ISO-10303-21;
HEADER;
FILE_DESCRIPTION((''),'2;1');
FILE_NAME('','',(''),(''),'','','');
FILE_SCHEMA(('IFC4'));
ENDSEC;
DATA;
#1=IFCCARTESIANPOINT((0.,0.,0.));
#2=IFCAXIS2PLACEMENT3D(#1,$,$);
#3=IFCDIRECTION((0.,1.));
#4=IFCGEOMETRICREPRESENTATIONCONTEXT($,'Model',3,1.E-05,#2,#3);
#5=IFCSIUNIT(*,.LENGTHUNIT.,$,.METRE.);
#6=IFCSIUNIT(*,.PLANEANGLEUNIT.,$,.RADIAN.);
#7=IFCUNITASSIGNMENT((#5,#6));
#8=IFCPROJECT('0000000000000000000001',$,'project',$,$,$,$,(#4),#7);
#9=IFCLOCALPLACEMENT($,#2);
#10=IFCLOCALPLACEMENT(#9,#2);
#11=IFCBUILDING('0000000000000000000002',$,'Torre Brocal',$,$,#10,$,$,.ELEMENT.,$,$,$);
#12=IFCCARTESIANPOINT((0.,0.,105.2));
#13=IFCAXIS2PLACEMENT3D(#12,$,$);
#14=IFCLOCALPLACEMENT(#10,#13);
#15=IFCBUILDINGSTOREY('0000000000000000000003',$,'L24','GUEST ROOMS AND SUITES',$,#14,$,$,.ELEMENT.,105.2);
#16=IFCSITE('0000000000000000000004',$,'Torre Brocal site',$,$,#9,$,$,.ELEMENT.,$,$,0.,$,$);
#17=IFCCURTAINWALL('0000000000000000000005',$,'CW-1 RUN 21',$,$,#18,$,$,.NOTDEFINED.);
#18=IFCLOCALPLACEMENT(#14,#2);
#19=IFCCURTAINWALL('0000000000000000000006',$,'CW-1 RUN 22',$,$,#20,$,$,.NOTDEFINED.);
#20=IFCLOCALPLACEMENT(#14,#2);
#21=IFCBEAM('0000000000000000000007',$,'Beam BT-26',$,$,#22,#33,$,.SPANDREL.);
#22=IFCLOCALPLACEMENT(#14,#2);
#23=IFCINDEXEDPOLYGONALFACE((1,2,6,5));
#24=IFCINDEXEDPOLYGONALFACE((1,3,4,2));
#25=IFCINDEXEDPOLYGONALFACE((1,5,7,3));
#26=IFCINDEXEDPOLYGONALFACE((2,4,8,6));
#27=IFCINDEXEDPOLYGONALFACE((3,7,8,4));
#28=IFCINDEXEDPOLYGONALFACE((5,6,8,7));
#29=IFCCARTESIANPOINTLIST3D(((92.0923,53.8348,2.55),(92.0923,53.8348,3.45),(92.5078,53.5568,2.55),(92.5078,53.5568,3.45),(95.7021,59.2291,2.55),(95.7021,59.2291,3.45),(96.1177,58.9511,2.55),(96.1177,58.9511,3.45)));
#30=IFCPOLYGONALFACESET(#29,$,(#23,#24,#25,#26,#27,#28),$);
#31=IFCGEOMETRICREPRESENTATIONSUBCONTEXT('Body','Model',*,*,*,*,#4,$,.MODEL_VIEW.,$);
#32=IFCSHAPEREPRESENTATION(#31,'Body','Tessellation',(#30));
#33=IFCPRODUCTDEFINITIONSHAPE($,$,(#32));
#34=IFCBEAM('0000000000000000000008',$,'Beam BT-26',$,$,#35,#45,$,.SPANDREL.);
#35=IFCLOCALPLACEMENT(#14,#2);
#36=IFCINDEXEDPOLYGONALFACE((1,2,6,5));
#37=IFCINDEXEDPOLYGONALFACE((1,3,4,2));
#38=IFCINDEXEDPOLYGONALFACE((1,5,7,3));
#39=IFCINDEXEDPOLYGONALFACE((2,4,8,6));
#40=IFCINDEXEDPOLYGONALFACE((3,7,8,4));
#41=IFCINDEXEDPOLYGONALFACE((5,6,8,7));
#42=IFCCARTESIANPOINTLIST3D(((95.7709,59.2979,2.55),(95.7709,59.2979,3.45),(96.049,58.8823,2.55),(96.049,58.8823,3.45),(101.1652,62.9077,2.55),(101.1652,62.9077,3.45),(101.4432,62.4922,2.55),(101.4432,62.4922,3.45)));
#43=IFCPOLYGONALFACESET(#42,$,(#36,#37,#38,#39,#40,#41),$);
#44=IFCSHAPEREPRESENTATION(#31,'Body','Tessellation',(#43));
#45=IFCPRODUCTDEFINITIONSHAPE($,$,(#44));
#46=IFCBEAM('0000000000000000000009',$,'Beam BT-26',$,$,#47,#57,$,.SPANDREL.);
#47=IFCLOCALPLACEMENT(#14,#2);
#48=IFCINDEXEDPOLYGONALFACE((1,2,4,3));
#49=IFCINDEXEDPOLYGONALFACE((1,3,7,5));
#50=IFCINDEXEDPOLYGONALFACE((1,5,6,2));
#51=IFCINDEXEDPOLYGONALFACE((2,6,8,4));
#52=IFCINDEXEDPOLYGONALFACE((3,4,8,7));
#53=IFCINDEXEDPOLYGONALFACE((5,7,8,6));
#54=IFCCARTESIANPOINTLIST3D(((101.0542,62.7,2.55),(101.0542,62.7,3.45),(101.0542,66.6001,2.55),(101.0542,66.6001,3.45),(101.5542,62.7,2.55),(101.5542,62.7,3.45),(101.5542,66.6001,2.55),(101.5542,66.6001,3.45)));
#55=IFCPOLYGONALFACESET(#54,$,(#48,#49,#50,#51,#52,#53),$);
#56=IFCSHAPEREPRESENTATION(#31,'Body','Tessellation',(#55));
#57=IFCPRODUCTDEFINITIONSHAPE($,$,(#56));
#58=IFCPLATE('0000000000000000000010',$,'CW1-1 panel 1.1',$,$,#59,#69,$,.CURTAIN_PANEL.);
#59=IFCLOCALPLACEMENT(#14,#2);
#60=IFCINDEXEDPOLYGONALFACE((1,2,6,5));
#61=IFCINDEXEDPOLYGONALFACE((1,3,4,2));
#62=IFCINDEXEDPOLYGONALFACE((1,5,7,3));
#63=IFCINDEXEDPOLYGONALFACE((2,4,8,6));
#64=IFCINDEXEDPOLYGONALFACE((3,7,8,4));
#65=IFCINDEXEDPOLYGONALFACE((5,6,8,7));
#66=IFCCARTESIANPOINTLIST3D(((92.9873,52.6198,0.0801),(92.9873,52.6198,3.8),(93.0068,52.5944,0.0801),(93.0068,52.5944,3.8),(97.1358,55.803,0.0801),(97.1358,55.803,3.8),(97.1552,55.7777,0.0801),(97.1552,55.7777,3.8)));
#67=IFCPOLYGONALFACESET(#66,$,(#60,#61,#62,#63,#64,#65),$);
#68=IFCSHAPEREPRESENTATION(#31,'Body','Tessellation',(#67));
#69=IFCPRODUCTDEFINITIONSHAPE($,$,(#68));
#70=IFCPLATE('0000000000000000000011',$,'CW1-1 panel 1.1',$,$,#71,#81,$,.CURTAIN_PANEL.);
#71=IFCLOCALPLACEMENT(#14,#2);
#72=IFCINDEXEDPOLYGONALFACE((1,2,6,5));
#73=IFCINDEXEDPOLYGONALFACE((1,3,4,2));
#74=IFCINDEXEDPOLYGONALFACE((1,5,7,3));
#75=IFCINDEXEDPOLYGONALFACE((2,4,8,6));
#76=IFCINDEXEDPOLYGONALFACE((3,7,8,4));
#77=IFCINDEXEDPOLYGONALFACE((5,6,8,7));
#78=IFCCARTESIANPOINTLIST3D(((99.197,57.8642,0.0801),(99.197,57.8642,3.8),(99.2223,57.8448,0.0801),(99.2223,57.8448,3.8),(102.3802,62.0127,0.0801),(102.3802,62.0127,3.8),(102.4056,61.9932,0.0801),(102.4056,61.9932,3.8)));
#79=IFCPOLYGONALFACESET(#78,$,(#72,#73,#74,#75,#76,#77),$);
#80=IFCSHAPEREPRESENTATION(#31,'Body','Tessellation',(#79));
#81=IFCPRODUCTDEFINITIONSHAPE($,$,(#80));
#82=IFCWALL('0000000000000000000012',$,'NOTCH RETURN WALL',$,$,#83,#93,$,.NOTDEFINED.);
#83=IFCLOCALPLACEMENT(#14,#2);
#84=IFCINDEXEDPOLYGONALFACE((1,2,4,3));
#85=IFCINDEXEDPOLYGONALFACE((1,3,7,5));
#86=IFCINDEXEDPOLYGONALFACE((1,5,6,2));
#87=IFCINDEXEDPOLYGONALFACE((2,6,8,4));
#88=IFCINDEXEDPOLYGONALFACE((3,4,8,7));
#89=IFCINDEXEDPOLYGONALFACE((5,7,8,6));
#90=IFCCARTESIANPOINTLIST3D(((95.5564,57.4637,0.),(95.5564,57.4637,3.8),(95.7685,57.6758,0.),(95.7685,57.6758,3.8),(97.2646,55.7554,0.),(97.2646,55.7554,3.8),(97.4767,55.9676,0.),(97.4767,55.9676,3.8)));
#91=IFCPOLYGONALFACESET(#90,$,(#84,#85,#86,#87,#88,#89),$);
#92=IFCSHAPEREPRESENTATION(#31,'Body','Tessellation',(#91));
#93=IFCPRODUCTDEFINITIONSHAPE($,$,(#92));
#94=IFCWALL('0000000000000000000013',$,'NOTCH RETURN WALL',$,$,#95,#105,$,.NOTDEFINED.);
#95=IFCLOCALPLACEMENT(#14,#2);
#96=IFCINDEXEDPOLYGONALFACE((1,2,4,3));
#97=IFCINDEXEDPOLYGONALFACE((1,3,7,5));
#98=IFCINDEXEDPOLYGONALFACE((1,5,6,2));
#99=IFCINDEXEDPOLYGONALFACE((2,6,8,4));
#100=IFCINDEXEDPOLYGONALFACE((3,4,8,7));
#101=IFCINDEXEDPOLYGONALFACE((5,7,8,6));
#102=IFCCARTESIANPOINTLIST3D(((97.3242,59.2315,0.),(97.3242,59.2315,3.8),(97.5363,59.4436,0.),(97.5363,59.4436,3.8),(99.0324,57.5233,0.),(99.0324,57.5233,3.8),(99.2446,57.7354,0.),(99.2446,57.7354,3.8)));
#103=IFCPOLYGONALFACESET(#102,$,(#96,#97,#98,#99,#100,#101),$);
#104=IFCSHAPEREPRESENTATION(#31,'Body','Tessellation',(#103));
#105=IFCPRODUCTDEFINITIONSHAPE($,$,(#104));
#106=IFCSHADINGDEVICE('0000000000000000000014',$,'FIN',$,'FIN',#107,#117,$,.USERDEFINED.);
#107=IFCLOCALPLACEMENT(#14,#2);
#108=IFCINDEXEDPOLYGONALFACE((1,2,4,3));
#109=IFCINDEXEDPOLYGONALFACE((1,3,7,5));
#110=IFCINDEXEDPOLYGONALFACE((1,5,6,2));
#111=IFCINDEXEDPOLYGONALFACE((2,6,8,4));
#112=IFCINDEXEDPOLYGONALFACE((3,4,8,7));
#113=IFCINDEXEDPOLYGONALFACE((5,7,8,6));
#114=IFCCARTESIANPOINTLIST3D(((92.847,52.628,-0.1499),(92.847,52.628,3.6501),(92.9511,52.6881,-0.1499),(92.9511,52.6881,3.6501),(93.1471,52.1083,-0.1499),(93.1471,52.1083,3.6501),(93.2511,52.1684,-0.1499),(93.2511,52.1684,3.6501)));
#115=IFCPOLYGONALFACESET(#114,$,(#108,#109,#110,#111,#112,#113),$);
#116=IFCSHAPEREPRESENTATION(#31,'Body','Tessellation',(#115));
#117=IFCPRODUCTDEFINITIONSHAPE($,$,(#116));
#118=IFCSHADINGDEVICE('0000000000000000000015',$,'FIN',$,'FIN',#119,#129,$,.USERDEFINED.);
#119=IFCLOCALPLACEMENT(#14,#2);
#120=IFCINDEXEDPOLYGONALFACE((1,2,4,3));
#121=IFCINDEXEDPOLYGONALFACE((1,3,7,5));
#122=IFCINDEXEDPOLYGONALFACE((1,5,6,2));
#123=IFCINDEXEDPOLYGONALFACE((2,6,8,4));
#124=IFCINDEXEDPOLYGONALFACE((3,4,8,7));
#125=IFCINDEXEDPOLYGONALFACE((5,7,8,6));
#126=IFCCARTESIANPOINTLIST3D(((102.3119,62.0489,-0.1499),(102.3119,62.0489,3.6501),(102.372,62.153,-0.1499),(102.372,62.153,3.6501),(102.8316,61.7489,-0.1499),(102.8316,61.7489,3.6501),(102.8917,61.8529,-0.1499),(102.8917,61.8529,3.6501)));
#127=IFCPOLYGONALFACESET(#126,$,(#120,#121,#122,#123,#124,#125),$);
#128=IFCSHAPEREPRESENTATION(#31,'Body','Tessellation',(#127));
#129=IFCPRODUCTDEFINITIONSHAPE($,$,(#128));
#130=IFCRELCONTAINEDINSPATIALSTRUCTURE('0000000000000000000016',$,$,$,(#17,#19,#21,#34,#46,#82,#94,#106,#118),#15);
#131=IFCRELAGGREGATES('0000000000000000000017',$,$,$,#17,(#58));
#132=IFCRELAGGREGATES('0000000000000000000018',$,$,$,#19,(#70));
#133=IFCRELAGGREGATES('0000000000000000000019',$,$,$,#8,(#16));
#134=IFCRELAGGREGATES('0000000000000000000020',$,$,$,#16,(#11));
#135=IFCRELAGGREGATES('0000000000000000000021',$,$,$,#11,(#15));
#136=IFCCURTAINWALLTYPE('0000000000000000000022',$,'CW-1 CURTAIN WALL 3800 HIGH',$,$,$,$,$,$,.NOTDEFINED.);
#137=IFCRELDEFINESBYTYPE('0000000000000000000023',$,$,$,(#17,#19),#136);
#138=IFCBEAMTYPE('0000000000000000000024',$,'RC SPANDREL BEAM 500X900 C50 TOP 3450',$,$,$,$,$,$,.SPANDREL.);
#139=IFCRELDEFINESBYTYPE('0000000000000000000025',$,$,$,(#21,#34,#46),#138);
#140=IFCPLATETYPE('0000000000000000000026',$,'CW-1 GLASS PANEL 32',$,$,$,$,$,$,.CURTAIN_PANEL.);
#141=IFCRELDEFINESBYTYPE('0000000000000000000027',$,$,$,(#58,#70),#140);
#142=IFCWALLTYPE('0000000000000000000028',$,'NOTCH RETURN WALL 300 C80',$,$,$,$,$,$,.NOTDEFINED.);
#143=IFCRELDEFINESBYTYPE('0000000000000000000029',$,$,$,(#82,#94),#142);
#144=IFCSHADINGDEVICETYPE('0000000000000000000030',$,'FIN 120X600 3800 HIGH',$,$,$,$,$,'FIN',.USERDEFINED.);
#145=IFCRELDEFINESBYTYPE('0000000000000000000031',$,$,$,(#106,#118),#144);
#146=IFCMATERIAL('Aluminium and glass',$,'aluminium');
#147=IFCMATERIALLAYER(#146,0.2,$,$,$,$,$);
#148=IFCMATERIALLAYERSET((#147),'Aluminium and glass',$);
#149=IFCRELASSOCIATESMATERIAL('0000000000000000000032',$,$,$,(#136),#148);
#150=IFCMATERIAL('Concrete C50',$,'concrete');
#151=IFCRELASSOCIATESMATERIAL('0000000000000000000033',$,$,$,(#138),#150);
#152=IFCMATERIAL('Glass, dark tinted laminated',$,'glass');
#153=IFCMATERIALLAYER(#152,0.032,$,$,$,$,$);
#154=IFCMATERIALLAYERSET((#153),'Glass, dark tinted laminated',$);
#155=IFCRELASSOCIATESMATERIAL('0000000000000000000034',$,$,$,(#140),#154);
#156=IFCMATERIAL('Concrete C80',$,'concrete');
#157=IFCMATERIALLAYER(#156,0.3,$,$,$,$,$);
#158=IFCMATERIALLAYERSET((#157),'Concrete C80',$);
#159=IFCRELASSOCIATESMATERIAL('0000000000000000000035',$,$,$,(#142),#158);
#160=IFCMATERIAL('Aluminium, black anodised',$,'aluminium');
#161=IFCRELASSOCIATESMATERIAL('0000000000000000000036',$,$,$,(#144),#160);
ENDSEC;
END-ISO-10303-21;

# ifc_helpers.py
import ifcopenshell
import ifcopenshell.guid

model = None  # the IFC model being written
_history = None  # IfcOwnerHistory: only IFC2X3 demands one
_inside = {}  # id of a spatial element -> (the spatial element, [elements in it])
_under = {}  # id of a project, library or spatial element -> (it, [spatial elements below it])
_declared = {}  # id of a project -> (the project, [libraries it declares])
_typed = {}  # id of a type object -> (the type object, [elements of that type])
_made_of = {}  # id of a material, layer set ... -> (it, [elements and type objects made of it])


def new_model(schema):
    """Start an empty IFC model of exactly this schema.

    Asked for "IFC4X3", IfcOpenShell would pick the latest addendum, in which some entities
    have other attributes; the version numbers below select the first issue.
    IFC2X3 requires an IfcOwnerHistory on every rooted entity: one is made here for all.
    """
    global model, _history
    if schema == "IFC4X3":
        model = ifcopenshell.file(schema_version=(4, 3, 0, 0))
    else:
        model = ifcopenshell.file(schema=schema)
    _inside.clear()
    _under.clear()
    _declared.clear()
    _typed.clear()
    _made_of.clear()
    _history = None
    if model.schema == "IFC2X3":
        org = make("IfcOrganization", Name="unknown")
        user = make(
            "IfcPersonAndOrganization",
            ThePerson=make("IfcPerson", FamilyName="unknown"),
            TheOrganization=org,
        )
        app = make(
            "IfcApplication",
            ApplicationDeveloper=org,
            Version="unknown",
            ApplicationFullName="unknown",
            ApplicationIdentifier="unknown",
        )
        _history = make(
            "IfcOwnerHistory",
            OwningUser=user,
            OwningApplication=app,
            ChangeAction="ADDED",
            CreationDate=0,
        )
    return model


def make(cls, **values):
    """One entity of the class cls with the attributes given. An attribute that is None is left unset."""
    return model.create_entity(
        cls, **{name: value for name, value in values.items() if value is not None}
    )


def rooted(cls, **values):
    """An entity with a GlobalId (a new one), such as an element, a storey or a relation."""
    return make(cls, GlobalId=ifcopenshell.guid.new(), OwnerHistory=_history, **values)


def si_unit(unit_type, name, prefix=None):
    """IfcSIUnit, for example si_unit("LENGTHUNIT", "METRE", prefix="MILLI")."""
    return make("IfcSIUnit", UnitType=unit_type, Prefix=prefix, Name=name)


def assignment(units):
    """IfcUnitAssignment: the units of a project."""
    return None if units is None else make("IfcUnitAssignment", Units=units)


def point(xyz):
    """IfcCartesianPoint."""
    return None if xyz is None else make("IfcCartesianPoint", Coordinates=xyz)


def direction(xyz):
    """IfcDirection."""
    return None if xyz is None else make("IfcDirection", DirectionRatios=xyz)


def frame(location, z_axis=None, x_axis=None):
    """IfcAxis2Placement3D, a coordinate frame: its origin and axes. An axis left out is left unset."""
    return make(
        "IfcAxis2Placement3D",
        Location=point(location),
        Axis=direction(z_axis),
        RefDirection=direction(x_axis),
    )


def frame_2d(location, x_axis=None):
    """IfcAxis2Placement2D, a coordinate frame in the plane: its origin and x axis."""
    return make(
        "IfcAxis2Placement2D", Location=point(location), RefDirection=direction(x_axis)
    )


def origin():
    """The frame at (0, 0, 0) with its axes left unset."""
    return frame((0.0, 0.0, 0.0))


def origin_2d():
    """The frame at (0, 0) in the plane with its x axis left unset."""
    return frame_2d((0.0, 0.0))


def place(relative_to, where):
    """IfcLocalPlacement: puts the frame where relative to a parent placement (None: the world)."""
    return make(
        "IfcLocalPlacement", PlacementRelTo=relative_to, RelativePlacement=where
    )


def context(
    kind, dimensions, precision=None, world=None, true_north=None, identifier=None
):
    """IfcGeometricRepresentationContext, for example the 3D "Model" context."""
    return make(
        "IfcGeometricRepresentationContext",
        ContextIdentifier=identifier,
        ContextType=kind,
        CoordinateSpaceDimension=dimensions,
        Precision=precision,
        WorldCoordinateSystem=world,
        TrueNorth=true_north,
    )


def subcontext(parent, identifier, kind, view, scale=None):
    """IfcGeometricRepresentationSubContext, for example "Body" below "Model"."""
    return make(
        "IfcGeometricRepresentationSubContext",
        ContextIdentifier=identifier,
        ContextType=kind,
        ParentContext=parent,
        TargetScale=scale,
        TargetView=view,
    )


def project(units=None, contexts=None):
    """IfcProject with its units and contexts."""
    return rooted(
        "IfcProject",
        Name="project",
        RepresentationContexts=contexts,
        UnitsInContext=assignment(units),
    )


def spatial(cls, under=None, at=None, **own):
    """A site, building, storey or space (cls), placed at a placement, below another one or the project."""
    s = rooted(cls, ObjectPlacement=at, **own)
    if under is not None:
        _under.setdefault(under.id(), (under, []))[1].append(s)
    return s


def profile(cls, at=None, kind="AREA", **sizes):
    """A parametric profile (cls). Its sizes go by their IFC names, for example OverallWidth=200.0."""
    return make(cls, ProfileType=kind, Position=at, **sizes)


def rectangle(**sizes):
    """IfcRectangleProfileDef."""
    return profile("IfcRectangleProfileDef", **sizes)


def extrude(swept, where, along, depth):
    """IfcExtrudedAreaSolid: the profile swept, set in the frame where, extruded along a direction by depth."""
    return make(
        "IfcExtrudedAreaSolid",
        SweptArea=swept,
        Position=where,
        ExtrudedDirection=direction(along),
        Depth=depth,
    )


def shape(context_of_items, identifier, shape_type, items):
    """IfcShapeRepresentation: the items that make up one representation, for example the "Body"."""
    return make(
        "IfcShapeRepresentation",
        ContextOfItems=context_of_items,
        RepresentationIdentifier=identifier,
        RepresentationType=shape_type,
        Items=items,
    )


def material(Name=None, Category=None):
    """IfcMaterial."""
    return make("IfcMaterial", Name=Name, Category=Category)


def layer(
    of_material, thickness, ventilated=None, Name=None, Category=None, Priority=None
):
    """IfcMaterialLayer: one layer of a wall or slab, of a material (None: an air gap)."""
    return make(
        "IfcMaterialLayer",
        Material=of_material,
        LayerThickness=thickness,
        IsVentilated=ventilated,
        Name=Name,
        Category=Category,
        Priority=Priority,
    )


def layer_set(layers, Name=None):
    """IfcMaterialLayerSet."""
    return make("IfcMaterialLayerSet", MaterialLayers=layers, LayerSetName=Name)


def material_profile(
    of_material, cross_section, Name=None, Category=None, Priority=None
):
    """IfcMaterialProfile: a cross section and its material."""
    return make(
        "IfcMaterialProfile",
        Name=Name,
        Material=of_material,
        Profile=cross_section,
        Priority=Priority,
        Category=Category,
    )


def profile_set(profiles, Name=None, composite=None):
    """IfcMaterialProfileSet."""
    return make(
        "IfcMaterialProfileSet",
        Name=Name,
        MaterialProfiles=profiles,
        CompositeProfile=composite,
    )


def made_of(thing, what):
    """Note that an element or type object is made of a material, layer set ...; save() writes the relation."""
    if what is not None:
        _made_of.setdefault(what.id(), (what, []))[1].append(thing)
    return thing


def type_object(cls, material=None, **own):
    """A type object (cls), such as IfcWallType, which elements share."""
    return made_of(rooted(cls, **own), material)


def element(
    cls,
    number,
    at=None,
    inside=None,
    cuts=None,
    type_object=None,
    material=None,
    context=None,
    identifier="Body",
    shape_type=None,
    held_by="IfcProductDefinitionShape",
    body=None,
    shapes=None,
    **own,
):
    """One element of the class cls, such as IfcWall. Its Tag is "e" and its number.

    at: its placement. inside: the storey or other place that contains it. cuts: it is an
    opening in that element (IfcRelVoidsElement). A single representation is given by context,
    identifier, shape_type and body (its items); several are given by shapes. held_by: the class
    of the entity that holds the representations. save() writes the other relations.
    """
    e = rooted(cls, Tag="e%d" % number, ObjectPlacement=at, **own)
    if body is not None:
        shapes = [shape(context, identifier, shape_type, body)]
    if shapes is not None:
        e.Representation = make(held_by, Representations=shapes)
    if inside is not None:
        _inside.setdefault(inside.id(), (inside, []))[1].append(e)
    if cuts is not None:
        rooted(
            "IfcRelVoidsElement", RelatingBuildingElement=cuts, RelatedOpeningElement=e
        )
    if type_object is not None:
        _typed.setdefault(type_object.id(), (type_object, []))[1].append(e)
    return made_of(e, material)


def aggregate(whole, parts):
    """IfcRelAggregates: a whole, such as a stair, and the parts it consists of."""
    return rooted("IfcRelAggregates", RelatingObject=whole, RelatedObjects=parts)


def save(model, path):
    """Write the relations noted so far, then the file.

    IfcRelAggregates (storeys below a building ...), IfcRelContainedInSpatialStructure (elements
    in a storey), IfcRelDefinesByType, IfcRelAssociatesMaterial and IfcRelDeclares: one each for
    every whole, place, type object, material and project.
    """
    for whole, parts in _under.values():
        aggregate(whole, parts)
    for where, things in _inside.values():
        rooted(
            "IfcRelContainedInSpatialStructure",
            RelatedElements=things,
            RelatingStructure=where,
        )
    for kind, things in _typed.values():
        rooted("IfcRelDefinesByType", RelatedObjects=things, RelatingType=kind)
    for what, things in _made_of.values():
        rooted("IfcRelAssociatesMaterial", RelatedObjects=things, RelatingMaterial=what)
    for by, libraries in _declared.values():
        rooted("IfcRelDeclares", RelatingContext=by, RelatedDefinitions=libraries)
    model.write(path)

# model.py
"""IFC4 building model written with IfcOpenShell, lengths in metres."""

from ifc_helpers import new_model, si_unit, direction, frame, frame_2d, origin, origin_2d, place, context, subcontext, project, spatial, rectangle, extrude, material, layer, layer_set, material_profile, profile_set, type_object, element, aggregate, save


model = new_model("IFC4")

# Units and contexts
model_context = context("Model", 3, precision=1e-05, world=origin(), true_north=direction((0.0, 1.0)))
body_context = subcontext(model_context, "Body", "Model", "MODEL_VIEW")
ifc_project = project(units=[si_unit("LENGTHUNIT", "METRE"), si_unit("PLANEANGLEUNIT", "RADIAN")], contexts=[model_context])

# Site, building, storey
site_placement = place(None, origin())
site = spatial("IfcSite", under=ifc_project, at=site_placement, Name="Torre Brocal site", CompositionType="ELEMENT", RefElevation=0.0)
building_placement = place(site_placement, origin())
building = spatial("IfcBuilding", under=site, at=building_placement, Name="Torre Brocal", CompositionType="ELEMENT")
storey_placement = place(building_placement, frame((0.0, 0.0, 105.2)))
storey = spatial("IfcBuildingStorey", under=building, at=storey_placement, Name="L24", Description="GUEST ROOMS AND SUITES", CompositionType="ELEMENT", Elevation=105.2)

# Shared definitions
ifc_material_1 = material(Name="Aluminium and glass", Category="aluminium")
ifc_layer_1 = layer(ifc_material_1, 0.2)
ifc_layer_set_1 = layer_set([ifc_layer_1], Name="Aluminium and glass")
curtain_wall_type = type_object("IfcCurtainWallType", Name="CW-1 CURTAIN WALL 3800 HIGH", PredefinedType="NOTDEFINED", material=ifc_layer_set_1)

# Curtain walls
curtain_wall_1_placement = place(storey_placement, origin())
curtain_wall_1 = element("IfcCurtainWall", 1, at=curtain_wall_1_placement, inside=storey, type_object=curtain_wall_type, Name="CW-1 RUN 21", PredefinedType="NOTDEFINED")
curtain_wall_2_placement = place(storey_placement, origin())
curtain_wall_2 = element("IfcCurtainWall", 2, at=curtain_wall_2_placement, inside=storey, type_object=curtain_wall_type, Name="CW-1 RUN 22", PredefinedType="NOTDEFINED")

# Beams
ifc_material_2 = material(Name="Concrete C50", Category="concrete")
ifc_material_profile_1 = material_profile(ifc_material_2, rectangle(XDim=0.5, YDim=0.8999, at=origin_2d()), Name="RC 500X900")
ifc_profile_set_1 = profile_set([ifc_material_profile_1], Name="Concrete C50")
beam_type_1 = type_object("IfcBeamType", Name="RC SPANDREL BEAM 500X900 C50 TOP 3450", PredefinedType="SPANDREL", material=ifc_profile_set_1)
for number, where, z_axis, x_axis, name in (
    (3, (92.3, 53.6958, 3.0), (0.556158, 0.831077, 0.0), (-0.831077, 0.556158, 0.0), "Beam BT-26"),
    (4, (95.9099, 59.0901, 3.0), (0.831077, 0.556158, 0.0), (-0.556158, 0.831077, 0.0), "Beam BT-26"),
):
    element("IfcBeam", number, at=place(storey_placement, frame(where, z_axis=z_axis, x_axis=x_axis)), inside=storey, type_object=beam_type_1, Name=name, PredefinedType="SPANDREL", context=body_context, shape_type="SweptSolid", body=[
        extrude(rectangle(XDim=0.5, YDim=0.8999, at=origin_2d()), origin(), (0.0, 0.0, 1.0), 6.4907),
    ])
beam_1_placement = place(storey_placement, frame((101.3042, 62.7, 3.0), z_axis=(0.0, 1.0, 0.0), x_axis=(-1.0, 0.0, 0.0)))
element("IfcBeam", 5, at=beam_1_placement, inside=storey, type_object=beam_type_1, Name="Beam BT-26", PredefinedType="SPANDREL", context=body_context, shape_type="SweptSolid", body=[
    extrude(rectangle(XDim=0.5, YDim=0.8999, at=origin_2d()), origin(), (0.0, 0.0, 1.0), 3.9001),
])

# Plates
ifc_material_3 = material(Name="Glass, dark tinted laminated", Category="glass")
ifc_layer_2 = layer(ifc_material_3, 0.032)
ifc_layer_set_2 = layer_set([ifc_layer_2], Name="Glass, dark tinted laminated")
plate_type = type_object("IfcPlateType", Name="CW-1 GLASS PANEL 32", PredefinedType="CURTAIN_PANEL", material=ifc_layer_set_2)
plate_1_placement = place(storey_placement, frame((95.0713, 54.1987, 0.0801), z_axis=(0.0, 0.0, 1.0), x_axis=(0.793353, 0.608761, 0.0)))
plate_1 = element("IfcPlate", 6, at=plate_1_placement, type_object=plate_type, Name="CW1-1 panel 1.1", PredefinedType="CURTAIN_PANEL", context=body_context, shape_type="SweptSolid", body=[
    extrude(rectangle(XDim=5.229, YDim=0.032, at=origin_2d()), origin(), (0.0, 0.0, 1.0), 3.72),
])
aggregate(curtain_wall_1, [plate_1])
plate_2_placement = place(storey_placement, frame((100.8013, 59.9287, 0.0801), z_axis=(0.0, 0.0, 1.0), x_axis=(0.608761, 0.793353, 0.0)))
plate_2 = element("IfcPlate", 7, at=plate_2_placement, type_object=plate_type, Name="CW1-1 panel 1.1", PredefinedType="CURTAIN_PANEL", context=body_context, shape_type="SweptSolid", body=[
    extrude(rectangle(XDim=5.229, YDim=0.032, at=origin_2d()), origin(), (0.0, 0.0, 1.0), 3.72),
])
aggregate(curtain_wall_2, [plate_2])

# Walls
ifc_material_4 = material(Name="Concrete C80", Category="concrete")
ifc_layer_3 = layer(ifc_material_4, 0.3)
ifc_layer_set_3 = layer_set([ifc_layer_3], Name="Concrete C80")
wall_type = type_object("IfcWallType", Name="NOTCH RETURN WALL 300 C80", PredefinedType="NOTDEFINED", material=ifc_layer_set_3)
for number, where, z_axis, x_axis, name in (
    (8, (95.6624, 57.5698, 0.0), (0.0, 0.0, 1.0), (0.707107, -0.707107, 0.0), "NOTCH RETURN WALL"),
    (9, (97.4302, 59.3376, 0.0), (0.0, 0.0, 1.0), (0.707107, -0.707107, 0.0), "NOTCH RETURN WALL"),
):
    element("IfcWall", number, at=place(storey_placement, frame(where, z_axis=z_axis, x_axis=x_axis)), inside=storey, type_object=wall_type, Name=name, PredefinedType="NOTDEFINED", context=body_context, shape_type="SweptSolid", body=[
        extrude(rectangle(XDim=2.4158, YDim=0.3, at=frame_2d((1.208, 0.0))), origin(), (0.0, 0.0, 1.0), 3.8),
    ])

# Shading devices
ifc_material_5 = material(Name="Aluminium, black anodised", Category="aluminium")
ifc_material_profile_2 = material_profile(ifc_material_5, rectangle(XDim=0.1201, YDim=0.6001, at=origin_2d()), Name="FIN 120X600 3800 HIGH")
ifc_profile_set_2 = profile_set([ifc_material_profile_2], Name="Aluminium, black anodised")
shading_device_type = type_object("IfcShadingDeviceType", Name="FIN 120X600 3800 HIGH", ElementType="FIN", PredefinedType="USERDEFINED", material=ifc_profile_set_2)
for number, where, z_axis, x_axis, name in (
    (10, (93.0491, 52.3982, -0.1499), (0.0, 0.0, 1.0), (0.866025, 0.5, 0.0), "FIN"),
    (11, (102.6018, 61.9509, -0.1499), (0.0, 0.0, 1.0), (0.5, 0.866025, 0.0), "FIN"),
):
    element("IfcShadingDevice", number, at=place(storey_placement, frame(where, z_axis=z_axis, x_axis=x_axis)), inside=storey, type_object=shading_device_type, Name=name, ObjectType="FIN", PredefinedType="USERDEFINED", context=body_context, shape_type="SweptSolid", body=[
        extrude(rectangle(XDim=0.1201, YDim=0.6001, at=origin_2d()), origin(), (0.0, 0.0, 1.0), 3.8),
    ])

save(model, "model.ifc")
